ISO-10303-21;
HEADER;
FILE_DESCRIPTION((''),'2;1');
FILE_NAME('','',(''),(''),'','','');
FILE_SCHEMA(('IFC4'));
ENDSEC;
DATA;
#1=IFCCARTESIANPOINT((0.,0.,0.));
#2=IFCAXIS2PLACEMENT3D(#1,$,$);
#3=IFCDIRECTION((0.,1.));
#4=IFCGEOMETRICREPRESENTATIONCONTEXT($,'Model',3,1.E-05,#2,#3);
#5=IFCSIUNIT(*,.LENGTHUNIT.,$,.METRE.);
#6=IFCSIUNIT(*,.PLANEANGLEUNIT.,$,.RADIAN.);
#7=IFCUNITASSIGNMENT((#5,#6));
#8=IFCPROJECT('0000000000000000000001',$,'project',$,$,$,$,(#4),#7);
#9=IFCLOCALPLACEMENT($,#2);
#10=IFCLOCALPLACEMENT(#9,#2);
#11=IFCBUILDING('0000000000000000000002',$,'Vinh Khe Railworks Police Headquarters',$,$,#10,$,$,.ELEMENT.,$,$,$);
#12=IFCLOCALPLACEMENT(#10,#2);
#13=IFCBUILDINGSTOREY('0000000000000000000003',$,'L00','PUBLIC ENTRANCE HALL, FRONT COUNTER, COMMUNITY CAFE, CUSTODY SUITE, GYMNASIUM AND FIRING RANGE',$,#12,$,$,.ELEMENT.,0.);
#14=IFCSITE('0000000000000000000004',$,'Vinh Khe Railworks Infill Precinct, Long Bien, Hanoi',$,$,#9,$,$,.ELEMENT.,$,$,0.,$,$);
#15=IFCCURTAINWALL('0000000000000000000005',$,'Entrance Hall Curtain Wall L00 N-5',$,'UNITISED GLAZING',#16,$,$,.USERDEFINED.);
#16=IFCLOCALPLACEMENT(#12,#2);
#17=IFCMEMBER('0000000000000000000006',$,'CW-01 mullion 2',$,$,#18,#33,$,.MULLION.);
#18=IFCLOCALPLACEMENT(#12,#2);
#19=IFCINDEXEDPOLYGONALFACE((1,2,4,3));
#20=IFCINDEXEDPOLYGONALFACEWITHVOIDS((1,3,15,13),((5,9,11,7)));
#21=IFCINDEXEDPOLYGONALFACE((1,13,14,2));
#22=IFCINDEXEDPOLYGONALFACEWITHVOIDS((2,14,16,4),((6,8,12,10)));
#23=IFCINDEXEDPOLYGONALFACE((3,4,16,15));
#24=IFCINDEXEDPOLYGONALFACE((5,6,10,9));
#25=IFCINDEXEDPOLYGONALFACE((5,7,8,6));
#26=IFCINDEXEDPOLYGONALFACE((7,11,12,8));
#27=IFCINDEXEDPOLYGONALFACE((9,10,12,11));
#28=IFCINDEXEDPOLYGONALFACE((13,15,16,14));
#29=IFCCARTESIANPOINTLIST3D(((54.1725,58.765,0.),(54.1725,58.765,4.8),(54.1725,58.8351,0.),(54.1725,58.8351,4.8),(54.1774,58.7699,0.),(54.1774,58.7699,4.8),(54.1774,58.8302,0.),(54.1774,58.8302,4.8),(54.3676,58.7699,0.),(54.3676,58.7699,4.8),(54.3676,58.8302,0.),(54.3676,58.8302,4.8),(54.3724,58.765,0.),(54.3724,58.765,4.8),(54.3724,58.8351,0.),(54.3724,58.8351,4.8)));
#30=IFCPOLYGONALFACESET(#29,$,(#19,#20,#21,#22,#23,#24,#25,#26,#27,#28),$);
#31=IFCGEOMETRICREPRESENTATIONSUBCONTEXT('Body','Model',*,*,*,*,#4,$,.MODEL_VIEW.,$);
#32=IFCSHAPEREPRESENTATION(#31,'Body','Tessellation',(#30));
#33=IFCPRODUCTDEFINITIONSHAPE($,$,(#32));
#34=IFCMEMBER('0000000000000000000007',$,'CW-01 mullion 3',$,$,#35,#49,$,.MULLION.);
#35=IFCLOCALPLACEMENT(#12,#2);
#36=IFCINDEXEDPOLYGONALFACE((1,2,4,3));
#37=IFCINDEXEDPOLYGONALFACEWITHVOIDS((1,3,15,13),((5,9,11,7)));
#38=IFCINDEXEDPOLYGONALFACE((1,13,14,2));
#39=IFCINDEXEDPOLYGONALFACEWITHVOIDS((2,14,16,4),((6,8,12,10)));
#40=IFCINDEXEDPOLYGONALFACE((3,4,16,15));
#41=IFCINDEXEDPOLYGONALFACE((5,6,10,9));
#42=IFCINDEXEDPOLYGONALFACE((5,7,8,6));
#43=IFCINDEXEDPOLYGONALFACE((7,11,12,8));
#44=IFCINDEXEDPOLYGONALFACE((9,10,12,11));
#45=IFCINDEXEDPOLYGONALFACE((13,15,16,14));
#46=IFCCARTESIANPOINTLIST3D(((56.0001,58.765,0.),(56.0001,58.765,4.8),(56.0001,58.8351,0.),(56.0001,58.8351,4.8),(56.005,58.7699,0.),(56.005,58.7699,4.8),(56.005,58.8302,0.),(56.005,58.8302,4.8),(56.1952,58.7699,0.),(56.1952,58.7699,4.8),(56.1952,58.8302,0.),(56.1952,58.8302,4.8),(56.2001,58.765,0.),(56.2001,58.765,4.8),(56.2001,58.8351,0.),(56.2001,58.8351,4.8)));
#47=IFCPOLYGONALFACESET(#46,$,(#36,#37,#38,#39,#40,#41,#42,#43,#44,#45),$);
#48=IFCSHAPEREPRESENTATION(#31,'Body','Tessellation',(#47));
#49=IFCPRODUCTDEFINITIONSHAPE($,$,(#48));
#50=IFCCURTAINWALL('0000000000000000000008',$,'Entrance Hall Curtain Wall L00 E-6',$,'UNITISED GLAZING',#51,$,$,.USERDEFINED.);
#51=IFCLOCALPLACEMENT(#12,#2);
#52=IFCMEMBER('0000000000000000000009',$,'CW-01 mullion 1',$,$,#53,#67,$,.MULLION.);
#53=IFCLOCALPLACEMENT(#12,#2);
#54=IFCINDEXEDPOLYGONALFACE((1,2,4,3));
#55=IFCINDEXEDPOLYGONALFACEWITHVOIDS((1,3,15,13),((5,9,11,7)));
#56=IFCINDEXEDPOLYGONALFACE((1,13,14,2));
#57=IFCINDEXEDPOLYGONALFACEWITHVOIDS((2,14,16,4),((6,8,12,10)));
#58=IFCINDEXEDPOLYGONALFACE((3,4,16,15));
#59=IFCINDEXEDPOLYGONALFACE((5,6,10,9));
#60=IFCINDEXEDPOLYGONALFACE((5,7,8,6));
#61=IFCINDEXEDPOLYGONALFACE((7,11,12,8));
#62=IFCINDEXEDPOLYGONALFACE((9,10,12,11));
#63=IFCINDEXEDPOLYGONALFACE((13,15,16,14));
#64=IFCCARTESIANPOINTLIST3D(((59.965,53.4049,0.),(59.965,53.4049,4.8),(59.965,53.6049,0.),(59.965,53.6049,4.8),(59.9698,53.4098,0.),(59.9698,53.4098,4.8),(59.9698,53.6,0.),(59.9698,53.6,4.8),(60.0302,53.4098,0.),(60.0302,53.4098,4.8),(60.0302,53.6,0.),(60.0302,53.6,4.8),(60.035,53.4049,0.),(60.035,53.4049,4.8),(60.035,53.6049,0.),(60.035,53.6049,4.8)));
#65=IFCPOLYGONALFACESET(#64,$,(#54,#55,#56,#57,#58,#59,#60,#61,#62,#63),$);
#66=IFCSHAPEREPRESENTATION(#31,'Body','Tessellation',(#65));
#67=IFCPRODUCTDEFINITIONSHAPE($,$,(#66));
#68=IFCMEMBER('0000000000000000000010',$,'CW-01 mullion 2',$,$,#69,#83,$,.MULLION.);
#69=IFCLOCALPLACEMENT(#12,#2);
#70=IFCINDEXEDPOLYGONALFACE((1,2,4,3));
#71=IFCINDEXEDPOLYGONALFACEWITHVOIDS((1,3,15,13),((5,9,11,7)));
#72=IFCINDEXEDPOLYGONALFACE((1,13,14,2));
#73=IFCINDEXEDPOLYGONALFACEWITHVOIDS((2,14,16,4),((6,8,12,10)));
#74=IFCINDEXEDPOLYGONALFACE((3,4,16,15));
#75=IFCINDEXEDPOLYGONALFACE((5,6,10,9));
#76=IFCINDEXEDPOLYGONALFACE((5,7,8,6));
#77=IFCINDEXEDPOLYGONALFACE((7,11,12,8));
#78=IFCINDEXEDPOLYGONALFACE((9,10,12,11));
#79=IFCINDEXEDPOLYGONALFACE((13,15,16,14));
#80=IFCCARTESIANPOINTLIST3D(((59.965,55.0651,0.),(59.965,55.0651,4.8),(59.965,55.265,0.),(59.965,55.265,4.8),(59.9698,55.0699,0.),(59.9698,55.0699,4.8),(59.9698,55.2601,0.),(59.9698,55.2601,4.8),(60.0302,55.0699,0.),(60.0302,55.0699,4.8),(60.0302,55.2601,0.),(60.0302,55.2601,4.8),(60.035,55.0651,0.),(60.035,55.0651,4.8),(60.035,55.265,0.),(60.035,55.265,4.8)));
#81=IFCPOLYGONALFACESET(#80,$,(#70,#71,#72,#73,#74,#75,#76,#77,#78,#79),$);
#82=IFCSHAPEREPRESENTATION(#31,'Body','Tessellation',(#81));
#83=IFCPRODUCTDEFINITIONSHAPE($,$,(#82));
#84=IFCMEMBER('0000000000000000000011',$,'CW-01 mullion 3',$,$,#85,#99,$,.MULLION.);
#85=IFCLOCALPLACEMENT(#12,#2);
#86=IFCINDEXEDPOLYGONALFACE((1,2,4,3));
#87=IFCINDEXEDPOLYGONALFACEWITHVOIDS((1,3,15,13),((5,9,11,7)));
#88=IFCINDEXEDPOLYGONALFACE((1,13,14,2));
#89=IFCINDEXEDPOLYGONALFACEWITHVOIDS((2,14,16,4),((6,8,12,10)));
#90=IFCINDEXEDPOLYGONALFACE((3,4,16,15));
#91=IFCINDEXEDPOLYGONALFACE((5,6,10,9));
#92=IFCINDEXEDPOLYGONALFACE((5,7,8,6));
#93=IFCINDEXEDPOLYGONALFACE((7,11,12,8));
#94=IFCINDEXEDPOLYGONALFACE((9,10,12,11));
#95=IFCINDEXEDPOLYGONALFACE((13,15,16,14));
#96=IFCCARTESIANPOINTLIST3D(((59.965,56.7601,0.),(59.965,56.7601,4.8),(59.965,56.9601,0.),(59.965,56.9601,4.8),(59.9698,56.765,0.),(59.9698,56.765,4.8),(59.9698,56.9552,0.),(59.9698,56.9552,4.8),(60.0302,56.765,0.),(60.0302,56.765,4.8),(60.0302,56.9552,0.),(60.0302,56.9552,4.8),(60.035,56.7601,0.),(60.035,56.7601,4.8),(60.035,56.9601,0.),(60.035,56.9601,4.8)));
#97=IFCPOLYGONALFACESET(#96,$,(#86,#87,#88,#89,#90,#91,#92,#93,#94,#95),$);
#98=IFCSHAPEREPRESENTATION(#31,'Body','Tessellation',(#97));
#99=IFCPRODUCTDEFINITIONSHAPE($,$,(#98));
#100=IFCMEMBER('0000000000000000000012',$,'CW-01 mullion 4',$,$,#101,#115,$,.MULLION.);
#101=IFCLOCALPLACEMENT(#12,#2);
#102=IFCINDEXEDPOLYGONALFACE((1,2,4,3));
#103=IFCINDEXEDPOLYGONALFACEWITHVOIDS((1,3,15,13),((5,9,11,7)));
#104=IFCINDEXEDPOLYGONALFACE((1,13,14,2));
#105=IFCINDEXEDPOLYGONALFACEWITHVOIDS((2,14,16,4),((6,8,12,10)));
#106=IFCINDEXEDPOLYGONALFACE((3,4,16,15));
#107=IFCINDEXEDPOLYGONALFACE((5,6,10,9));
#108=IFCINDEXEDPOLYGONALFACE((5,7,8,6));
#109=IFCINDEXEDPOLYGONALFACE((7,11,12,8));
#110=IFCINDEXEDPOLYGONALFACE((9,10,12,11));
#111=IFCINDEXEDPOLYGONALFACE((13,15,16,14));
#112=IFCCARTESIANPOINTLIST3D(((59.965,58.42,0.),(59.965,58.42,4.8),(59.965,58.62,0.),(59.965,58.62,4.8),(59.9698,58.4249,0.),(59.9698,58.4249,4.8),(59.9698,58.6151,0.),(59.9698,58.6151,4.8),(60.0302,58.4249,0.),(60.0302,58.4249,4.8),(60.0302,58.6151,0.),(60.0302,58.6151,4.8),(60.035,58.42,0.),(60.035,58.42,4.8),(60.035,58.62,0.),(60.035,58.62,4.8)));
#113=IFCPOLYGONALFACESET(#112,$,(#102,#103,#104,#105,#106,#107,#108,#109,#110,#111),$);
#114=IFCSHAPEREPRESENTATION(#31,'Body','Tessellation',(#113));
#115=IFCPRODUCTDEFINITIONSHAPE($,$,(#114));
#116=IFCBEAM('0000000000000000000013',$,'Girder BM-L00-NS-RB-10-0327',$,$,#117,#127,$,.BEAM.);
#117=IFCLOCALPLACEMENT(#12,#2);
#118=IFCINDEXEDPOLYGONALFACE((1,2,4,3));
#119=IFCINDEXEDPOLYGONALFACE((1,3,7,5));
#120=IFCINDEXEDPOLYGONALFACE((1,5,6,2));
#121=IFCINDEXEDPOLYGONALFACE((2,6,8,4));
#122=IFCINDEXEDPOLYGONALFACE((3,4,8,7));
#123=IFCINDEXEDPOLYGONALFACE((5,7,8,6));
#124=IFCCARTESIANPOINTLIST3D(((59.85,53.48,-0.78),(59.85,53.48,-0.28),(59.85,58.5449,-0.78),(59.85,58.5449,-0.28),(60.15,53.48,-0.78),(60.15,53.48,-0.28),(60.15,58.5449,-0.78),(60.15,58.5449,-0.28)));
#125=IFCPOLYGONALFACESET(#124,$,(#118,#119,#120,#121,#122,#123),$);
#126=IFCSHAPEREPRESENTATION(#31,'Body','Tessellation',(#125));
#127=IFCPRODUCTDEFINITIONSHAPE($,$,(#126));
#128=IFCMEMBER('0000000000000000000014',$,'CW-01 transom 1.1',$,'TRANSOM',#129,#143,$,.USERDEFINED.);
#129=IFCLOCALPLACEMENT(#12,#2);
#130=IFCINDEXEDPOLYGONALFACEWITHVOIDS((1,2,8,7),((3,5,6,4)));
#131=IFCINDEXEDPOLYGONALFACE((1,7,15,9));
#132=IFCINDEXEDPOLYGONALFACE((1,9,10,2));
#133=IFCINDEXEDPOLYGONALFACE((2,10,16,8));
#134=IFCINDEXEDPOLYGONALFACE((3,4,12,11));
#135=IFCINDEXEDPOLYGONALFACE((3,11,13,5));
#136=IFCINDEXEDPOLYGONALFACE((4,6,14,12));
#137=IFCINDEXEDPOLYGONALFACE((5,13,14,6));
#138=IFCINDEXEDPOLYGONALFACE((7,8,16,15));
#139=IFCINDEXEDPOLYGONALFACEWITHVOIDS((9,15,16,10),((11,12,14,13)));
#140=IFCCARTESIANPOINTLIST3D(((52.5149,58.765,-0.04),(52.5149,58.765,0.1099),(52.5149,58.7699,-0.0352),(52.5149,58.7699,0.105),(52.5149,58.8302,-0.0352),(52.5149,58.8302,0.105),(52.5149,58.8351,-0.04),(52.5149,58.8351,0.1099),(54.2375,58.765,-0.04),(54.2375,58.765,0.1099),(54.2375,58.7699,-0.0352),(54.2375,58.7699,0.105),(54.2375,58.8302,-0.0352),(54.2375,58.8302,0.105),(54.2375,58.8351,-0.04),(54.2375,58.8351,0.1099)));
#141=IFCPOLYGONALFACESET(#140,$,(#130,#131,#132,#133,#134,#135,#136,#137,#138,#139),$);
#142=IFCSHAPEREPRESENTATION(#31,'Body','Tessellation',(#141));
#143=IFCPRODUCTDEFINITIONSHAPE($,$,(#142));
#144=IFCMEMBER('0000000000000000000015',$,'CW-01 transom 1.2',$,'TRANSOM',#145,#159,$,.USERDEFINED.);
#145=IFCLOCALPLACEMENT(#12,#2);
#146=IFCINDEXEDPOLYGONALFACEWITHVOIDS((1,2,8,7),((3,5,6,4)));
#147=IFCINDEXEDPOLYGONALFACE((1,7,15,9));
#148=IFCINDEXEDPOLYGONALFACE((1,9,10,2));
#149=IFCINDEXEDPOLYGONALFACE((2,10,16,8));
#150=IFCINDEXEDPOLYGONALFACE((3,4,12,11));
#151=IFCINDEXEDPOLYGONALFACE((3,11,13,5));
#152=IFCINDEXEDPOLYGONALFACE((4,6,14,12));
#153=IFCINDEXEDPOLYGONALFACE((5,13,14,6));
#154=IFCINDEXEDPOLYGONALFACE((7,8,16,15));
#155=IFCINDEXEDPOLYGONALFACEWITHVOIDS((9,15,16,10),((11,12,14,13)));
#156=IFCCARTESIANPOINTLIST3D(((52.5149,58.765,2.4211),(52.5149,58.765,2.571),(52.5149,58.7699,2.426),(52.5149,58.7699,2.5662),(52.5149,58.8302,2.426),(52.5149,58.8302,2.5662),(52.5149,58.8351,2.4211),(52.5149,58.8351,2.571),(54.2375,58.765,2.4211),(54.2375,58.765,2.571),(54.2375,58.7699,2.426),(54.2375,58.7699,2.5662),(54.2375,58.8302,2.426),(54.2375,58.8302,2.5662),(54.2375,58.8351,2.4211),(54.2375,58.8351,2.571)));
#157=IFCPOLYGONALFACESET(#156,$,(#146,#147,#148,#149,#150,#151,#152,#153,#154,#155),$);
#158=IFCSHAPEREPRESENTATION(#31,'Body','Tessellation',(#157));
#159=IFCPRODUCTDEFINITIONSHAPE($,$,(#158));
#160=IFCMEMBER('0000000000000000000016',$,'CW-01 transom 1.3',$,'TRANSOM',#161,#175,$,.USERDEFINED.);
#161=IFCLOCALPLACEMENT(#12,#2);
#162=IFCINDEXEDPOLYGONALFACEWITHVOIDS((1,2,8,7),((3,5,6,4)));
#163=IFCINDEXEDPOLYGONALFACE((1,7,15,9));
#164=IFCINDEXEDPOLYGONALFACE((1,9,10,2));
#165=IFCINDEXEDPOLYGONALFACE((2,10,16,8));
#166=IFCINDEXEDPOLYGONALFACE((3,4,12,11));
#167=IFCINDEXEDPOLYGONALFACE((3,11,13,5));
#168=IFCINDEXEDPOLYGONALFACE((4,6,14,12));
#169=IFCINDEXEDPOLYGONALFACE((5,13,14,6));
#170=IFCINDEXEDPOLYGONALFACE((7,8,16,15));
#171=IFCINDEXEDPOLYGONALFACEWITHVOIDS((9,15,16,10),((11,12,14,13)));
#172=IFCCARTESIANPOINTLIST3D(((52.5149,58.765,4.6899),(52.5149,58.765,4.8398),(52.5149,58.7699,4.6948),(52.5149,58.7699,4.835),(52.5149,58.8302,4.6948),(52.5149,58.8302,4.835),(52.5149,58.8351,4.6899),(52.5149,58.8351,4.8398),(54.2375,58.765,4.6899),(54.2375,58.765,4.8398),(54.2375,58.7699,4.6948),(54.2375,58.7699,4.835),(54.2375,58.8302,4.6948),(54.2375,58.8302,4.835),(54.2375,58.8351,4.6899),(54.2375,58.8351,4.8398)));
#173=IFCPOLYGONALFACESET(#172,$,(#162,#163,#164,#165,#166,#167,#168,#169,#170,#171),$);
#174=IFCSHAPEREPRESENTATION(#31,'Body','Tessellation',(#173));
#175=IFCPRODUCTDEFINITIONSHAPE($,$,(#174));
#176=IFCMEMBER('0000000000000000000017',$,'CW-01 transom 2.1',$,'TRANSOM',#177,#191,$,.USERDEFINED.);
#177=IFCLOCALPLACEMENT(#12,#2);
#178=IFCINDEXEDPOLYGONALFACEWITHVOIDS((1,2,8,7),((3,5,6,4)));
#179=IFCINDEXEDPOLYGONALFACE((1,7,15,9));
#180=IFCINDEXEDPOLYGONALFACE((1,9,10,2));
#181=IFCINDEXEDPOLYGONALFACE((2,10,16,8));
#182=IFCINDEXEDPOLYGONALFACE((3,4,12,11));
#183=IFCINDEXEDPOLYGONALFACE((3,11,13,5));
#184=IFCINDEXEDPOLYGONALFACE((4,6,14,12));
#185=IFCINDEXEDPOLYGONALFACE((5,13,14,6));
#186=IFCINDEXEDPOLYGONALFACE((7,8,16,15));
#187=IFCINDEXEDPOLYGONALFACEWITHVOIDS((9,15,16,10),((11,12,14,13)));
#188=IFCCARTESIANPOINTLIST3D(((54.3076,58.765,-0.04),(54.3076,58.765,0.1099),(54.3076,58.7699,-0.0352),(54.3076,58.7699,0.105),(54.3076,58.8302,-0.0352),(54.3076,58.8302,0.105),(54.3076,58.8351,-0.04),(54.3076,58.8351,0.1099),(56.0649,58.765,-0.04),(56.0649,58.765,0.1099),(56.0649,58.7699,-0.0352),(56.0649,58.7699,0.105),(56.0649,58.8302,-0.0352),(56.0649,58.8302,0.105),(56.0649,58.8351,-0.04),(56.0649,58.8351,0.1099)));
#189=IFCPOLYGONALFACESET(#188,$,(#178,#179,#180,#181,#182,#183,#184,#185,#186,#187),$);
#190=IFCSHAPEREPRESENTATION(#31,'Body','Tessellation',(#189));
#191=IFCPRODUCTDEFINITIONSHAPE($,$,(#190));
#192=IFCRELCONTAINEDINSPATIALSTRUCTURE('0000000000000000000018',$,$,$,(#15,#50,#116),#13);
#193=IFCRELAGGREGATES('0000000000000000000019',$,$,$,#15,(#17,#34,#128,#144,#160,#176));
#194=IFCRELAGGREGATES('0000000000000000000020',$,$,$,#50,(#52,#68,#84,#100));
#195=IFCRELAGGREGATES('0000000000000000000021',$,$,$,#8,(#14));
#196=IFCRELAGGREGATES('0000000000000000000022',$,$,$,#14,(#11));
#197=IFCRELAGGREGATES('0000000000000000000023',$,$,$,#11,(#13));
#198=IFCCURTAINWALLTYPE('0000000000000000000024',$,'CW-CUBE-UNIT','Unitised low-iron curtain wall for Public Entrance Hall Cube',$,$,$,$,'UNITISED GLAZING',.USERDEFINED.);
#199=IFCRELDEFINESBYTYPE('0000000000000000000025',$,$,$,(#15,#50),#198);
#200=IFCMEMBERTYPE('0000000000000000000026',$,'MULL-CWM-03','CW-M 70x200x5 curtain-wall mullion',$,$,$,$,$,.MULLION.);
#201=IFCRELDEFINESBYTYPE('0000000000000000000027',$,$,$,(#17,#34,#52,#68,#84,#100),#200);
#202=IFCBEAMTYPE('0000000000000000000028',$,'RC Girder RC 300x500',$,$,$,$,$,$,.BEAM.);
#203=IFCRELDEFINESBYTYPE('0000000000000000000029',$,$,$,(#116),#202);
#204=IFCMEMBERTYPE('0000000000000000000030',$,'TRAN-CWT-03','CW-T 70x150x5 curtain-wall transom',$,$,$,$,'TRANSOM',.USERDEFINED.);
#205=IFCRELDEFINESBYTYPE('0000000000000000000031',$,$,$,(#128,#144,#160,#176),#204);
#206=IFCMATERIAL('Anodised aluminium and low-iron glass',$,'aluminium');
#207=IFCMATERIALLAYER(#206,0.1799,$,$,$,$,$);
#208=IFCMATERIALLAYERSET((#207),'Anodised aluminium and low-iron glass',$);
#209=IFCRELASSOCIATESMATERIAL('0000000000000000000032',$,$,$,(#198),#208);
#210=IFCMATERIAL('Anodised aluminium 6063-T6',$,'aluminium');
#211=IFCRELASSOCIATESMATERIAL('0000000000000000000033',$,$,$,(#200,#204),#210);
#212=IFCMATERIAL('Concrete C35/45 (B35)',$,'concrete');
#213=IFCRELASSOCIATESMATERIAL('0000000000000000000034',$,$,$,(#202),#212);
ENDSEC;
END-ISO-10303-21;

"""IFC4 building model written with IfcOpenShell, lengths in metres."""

from ifc_helpers import new_model, si_unit, direction, frame, origin, origin_2d, place, context, subcontext, project, spatial, rectangle, hollow_rectangle, extrude, material, layer, layer_set, material_profile, profile_set, type_object, element, aggregate, save


model = new_model("IFC4")

# Units and contexts
model_context = context("Model", 3, precision=1e-05, world=origin(), true_north=direction((0.0, 1.0)))
body_context = subcontext(model_context, "Body", "Model", "MODEL_VIEW")
ifc_project = project(units=[si_unit("LENGTHUNIT", "METRE"), si_unit("PLANEANGLEUNIT", "RADIAN")], contexts=[model_context])

# Site, building, storey
site_placement = place(None, origin())
site = spatial("IfcSite", under=ifc_project, at=site_placement, Name="Vinh Khe Railworks Infill Precinct, Long Bien, Hanoi", CompositionType="ELEMENT", RefElevation=0.0)
building_placement = place(site_placement, origin())
building = spatial("IfcBuilding", under=site, at=building_placement, Name="Vinh Khe Railworks Police Headquarters", CompositionType="ELEMENT")
storey_placement = place(building_placement, origin())
storey = spatial("IfcBuildingStorey", under=building, at=storey_placement, Name="L00", Description="PUBLIC ENTRANCE HALL, FRONT COUNTER, COMMUNITY CAFE, CUSTODY SUITE, GYMNASIUM AND FIRING RANGE", CompositionType="ELEMENT", Elevation=0.0)

# Curtain walls, members
ifc_material_1 = material(Name="Anodised aluminium and low-iron glass", Category="aluminium")
ifc_layer_1 = layer(ifc_material_1, 0.1799)
ifc_layer_set_1 = layer_set([ifc_layer_1], Name="Anodised aluminium and low-iron glass")
curtain_wall_type = type_object("IfcCurtainWallType", Name="CW-CUBE-UNIT", Description="Unitised low-iron curtain wall for Public Entrance Hall Cube", ElementType="UNITISED GLAZING", PredefinedType="USERDEFINED", material=ifc_layer_set_1)
curtain_wall_1_placement = place(storey_placement, origin())
curtain_wall_1 = element("IfcCurtainWall", 1, at=curtain_wall_1_placement, inside=storey, type_object=curtain_wall_type, Name="Entrance Hall Curtain Wall L00 N-5", ObjectType="UNITISED GLAZING", PredefinedType="USERDEFINED")
ifc_material_2 = material(Name="Anodised aluminium 6063-T6", Category="aluminium")
ifc_material_profile_1 = material_profile(ifc_material_2, hollow_rectangle(XDim=0.0701, YDim=0.2, WallThickness=0.0049, at=origin_2d()), Name="CW-M 70x200x5")
ifc_profile_set_1 = profile_set([ifc_material_profile_1], Name="Anodised aluminium 6063-T6")
member_type_1 = type_object("IfcMemberType", Name="MULL-CWM-03", Description="CW-M 70x200x5 curtain-wall mullion", PredefinedType="MULLION", material=ifc_profile_set_1)
member_1_placement = place(storey_placement, frame((54.2725, 58.8, 0.0), z_axis=(0.0, 0.0, 1.0), x_axis=(0.0, 1.0, 0.0)))
member_1 = element("IfcMember", 2, at=member_1_placement, type_object=member_type_1, Name="CW-01 mullion 2", PredefinedType="MULLION", context=body_context, shape_type="SweptSolid", body=[
    extrude(hollow_rectangle(XDim=0.0701, YDim=0.2, WallThickness=0.0049, at=origin_2d()), origin(), (0.0, 0.0, 1.0), 4.8),
])
member_2_placement = place(storey_placement, frame((56.1001, 58.8, 0.0), z_axis=(0.0, 0.0, 1.0), x_axis=(0.0, 1.0, 0.0)))
member_2 = element("IfcMember", 3, at=member_2_placement, type_object=member_type_1, Name="CW-01 mullion 3", PredefinedType="MULLION", context=body_context, shape_type="SweptSolid", body=[
    extrude(hollow_rectangle(XDim=0.0701, YDim=0.2, WallThickness=0.0049, at=origin_2d()), origin(), (0.0, 0.0, 1.0), 4.8),
])
curtain_wall_2_placement = place(storey_placement, origin())
curtain_wall_2 = element("IfcCurtainWall", 4, at=curtain_wall_2_placement, inside=storey, type_object=curtain_wall_type, Name="Entrance Hall Curtain Wall L00 E-6", ObjectType="UNITISED GLAZING", PredefinedType="USERDEFINED")
member_3_placement = place(storey_placement, frame((60.0, 53.5049, 0.0), z_axis=(0.0, 0.0, 1.0), x_axis=(-1.0, 0.0, 0.0)))
member_3 = element("IfcMember", 5, at=member_3_placement, type_object=member_type_1, Name="CW-01 mullion 1", PredefinedType="MULLION", context=body_context, shape_type="SweptSolid", body=[
    extrude(hollow_rectangle(XDim=0.0701, YDim=0.2, WallThickness=0.0049, at=origin_2d()), origin(), (0.0, 0.0, 1.0), 4.8),
])
member_4_placement = place(storey_placement, frame((60.0, 55.165, 0.0), z_axis=(0.0, 0.0, 1.0), x_axis=(-1.0, 0.0, 0.0)))
member_4 = element("IfcMember", 6, at=member_4_placement, type_object=member_type_1, Name="CW-01 mullion 2", PredefinedType="MULLION", context=body_context, shape_type="SweptSolid", body=[
    extrude(hollow_rectangle(XDim=0.0701, YDim=0.2, WallThickness=0.0049, at=origin_2d()), origin(), (0.0, 0.0, 1.0), 4.8),
])
member_5_placement = place(storey_placement, frame((60.0, 56.8601, 0.0), z_axis=(0.0, 0.0, 1.0), x_axis=(-1.0, 0.0, 0.0)))
member_5 = element("IfcMember", 7, at=member_5_placement, type_object=member_type_1, Name="CW-01 mullion 3", PredefinedType="MULLION", context=body_context, shape_type="SweptSolid", body=[
    extrude(hollow_rectangle(XDim=0.0701, YDim=0.2, WallThickness=0.0049, at=origin_2d()), origin(), (0.0, 0.0, 1.0), 4.8),
])
member_6_placement = place(storey_placement, frame((60.0, 58.52, 0.0), z_axis=(0.0, 0.0, 1.0), x_axis=(-1.0, 0.0, 0.0)))
member_6 = element("IfcMember", 8, at=member_6_placement, type_object=member_type_1, Name="CW-01 mullion 4", PredefinedType="MULLION", context=body_context, shape_type="SweptSolid", body=[
    extrude(hollow_rectangle(XDim=0.0701, YDim=0.2, WallThickness=0.0049, at=origin_2d()), origin(), (0.0, 0.0, 1.0), 4.8),
])

# Beam
ifc_material_3 = material(Name="Concrete C35/45 (B35)", Category="concrete")
ifc_material_profile_2 = material_profile(ifc_material_3, rectangle(XDim=0.3, YDim=0.5, at=origin_2d()), Name="RC 300x500")
ifc_profile_set_2 = profile_set([ifc_material_profile_2], Name="Concrete C35/45 (B35)")
beam_type = type_object("IfcBeamType", Name="RC Girder RC 300x500", PredefinedType="BEAM", material=ifc_profile_set_2)
beam_placement = place(storey_placement, frame((60.0, 53.48, -0.53), z_axis=(0.0, 1.0, 0.0), x_axis=(-1.0, 0.0, 0.0)))
element("IfcBeam", 9, at=beam_placement, inside=storey, type_object=beam_type, Name="Girder BM-L00-NS-RB-10-0327", PredefinedType="BEAM", context=body_context, shape_type="SweptSolid", body=[
    extrude(rectangle(XDim=0.3, YDim=0.5, at=origin_2d()), origin(), (0.0, 0.0, 1.0), 5.0649),
])

# Members
ifc_material_profile_3 = material_profile(ifc_material_2, hollow_rectangle(XDim=0.0701, YDim=0.1499, WallThickness=0.0049, at=origin_2d()), Name="CW-T 70x150x5")
ifc_profile_set_3 = profile_set([ifc_material_profile_3], Name="Anodised aluminium 6063-T6")
member_type_2 = type_object("IfcMemberType", Name="TRAN-CWT-03", Description="CW-T 70x150x5 curtain-wall transom", ElementType="TRANSOM", PredefinedType="USERDEFINED", material=ifc_profile_set_3)
member_7_placement = place(storey_placement, frame((52.5149, 58.8, 0.0349), z_axis=(1.0, 0.0, 0.0), x_axis=(0.0, 1.0, 0.0)))
member_7 = element("IfcMember", 10, at=member_7_placement, type_object=member_type_2, Name="CW-01 transom 1.1", ObjectType="TRANSOM", PredefinedType="USERDEFINED", context=body_context, shape_type="SweptSolid", body=[
    extrude(hollow_rectangle(XDim=0.0701, YDim=0.1499, WallThickness=0.0049, at=origin_2d()), origin(), (0.0, 0.0, 1.0), 1.7227),
])
member_8_placement = place(storey_placement, frame((52.5149, 58.8, 2.4961), z_axis=(1.0, 0.0, 0.0), x_axis=(0.0, 1.0, 0.0)))
member_8 = element("IfcMember", 11, at=member_8_placement, type_object=member_type_2, Name="CW-01 transom 1.2", ObjectType="TRANSOM", PredefinedType="USERDEFINED", context=body_context, shape_type="SweptSolid", body=[
    extrude(hollow_rectangle(XDim=0.0701, YDim=0.1499, WallThickness=0.0049, at=origin_2d()), origin(), (0.0, 0.0, 1.0), 1.7227),
])
member_9_placement = place(storey_placement, frame((52.5149, 58.8, 4.7649), z_axis=(1.0, 0.0, 0.0), x_axis=(0.0, 1.0, 0.0)))
member_9 = element("IfcMember", 12, at=member_9_placement, type_object=member_type_2, Name="CW-01 transom 1.3", ObjectType="TRANSOM", PredefinedType="USERDEFINED", context=body_context, shape_type="SweptSolid", body=[
    extrude(hollow_rectangle(XDim=0.0701, YDim=0.1499, WallThickness=0.0049, at=origin_2d()), origin(), (0.0, 0.0, 1.0), 1.7227),
])
member_10_placement = place(storey_placement, frame((54.3076, 58.8, 0.0349), z_axis=(1.0, 0.0, 0.0), x_axis=(0.0, 1.0, 0.0)))
member_10 = element("IfcMember", 13, at=member_10_placement, type_object=member_type_2, Name="CW-01 transom 2.1", ObjectType="TRANSOM", PredefinedType="USERDEFINED", context=body_context, shape_type="SweptSolid", body=[
    extrude(hollow_rectangle(XDim=0.0701, YDim=0.1499, WallThickness=0.0049, at=origin_2d()), origin(), (0.0, 0.0, 1.0), 1.7573),
])

aggregate(curtain_wall_1, [member_1, member_2, member_7, member_8, member_9, member_10])
aggregate(curtain_wall_2, [member_3, member_4, member_5, member_6])

save(model, "model.ifc")
